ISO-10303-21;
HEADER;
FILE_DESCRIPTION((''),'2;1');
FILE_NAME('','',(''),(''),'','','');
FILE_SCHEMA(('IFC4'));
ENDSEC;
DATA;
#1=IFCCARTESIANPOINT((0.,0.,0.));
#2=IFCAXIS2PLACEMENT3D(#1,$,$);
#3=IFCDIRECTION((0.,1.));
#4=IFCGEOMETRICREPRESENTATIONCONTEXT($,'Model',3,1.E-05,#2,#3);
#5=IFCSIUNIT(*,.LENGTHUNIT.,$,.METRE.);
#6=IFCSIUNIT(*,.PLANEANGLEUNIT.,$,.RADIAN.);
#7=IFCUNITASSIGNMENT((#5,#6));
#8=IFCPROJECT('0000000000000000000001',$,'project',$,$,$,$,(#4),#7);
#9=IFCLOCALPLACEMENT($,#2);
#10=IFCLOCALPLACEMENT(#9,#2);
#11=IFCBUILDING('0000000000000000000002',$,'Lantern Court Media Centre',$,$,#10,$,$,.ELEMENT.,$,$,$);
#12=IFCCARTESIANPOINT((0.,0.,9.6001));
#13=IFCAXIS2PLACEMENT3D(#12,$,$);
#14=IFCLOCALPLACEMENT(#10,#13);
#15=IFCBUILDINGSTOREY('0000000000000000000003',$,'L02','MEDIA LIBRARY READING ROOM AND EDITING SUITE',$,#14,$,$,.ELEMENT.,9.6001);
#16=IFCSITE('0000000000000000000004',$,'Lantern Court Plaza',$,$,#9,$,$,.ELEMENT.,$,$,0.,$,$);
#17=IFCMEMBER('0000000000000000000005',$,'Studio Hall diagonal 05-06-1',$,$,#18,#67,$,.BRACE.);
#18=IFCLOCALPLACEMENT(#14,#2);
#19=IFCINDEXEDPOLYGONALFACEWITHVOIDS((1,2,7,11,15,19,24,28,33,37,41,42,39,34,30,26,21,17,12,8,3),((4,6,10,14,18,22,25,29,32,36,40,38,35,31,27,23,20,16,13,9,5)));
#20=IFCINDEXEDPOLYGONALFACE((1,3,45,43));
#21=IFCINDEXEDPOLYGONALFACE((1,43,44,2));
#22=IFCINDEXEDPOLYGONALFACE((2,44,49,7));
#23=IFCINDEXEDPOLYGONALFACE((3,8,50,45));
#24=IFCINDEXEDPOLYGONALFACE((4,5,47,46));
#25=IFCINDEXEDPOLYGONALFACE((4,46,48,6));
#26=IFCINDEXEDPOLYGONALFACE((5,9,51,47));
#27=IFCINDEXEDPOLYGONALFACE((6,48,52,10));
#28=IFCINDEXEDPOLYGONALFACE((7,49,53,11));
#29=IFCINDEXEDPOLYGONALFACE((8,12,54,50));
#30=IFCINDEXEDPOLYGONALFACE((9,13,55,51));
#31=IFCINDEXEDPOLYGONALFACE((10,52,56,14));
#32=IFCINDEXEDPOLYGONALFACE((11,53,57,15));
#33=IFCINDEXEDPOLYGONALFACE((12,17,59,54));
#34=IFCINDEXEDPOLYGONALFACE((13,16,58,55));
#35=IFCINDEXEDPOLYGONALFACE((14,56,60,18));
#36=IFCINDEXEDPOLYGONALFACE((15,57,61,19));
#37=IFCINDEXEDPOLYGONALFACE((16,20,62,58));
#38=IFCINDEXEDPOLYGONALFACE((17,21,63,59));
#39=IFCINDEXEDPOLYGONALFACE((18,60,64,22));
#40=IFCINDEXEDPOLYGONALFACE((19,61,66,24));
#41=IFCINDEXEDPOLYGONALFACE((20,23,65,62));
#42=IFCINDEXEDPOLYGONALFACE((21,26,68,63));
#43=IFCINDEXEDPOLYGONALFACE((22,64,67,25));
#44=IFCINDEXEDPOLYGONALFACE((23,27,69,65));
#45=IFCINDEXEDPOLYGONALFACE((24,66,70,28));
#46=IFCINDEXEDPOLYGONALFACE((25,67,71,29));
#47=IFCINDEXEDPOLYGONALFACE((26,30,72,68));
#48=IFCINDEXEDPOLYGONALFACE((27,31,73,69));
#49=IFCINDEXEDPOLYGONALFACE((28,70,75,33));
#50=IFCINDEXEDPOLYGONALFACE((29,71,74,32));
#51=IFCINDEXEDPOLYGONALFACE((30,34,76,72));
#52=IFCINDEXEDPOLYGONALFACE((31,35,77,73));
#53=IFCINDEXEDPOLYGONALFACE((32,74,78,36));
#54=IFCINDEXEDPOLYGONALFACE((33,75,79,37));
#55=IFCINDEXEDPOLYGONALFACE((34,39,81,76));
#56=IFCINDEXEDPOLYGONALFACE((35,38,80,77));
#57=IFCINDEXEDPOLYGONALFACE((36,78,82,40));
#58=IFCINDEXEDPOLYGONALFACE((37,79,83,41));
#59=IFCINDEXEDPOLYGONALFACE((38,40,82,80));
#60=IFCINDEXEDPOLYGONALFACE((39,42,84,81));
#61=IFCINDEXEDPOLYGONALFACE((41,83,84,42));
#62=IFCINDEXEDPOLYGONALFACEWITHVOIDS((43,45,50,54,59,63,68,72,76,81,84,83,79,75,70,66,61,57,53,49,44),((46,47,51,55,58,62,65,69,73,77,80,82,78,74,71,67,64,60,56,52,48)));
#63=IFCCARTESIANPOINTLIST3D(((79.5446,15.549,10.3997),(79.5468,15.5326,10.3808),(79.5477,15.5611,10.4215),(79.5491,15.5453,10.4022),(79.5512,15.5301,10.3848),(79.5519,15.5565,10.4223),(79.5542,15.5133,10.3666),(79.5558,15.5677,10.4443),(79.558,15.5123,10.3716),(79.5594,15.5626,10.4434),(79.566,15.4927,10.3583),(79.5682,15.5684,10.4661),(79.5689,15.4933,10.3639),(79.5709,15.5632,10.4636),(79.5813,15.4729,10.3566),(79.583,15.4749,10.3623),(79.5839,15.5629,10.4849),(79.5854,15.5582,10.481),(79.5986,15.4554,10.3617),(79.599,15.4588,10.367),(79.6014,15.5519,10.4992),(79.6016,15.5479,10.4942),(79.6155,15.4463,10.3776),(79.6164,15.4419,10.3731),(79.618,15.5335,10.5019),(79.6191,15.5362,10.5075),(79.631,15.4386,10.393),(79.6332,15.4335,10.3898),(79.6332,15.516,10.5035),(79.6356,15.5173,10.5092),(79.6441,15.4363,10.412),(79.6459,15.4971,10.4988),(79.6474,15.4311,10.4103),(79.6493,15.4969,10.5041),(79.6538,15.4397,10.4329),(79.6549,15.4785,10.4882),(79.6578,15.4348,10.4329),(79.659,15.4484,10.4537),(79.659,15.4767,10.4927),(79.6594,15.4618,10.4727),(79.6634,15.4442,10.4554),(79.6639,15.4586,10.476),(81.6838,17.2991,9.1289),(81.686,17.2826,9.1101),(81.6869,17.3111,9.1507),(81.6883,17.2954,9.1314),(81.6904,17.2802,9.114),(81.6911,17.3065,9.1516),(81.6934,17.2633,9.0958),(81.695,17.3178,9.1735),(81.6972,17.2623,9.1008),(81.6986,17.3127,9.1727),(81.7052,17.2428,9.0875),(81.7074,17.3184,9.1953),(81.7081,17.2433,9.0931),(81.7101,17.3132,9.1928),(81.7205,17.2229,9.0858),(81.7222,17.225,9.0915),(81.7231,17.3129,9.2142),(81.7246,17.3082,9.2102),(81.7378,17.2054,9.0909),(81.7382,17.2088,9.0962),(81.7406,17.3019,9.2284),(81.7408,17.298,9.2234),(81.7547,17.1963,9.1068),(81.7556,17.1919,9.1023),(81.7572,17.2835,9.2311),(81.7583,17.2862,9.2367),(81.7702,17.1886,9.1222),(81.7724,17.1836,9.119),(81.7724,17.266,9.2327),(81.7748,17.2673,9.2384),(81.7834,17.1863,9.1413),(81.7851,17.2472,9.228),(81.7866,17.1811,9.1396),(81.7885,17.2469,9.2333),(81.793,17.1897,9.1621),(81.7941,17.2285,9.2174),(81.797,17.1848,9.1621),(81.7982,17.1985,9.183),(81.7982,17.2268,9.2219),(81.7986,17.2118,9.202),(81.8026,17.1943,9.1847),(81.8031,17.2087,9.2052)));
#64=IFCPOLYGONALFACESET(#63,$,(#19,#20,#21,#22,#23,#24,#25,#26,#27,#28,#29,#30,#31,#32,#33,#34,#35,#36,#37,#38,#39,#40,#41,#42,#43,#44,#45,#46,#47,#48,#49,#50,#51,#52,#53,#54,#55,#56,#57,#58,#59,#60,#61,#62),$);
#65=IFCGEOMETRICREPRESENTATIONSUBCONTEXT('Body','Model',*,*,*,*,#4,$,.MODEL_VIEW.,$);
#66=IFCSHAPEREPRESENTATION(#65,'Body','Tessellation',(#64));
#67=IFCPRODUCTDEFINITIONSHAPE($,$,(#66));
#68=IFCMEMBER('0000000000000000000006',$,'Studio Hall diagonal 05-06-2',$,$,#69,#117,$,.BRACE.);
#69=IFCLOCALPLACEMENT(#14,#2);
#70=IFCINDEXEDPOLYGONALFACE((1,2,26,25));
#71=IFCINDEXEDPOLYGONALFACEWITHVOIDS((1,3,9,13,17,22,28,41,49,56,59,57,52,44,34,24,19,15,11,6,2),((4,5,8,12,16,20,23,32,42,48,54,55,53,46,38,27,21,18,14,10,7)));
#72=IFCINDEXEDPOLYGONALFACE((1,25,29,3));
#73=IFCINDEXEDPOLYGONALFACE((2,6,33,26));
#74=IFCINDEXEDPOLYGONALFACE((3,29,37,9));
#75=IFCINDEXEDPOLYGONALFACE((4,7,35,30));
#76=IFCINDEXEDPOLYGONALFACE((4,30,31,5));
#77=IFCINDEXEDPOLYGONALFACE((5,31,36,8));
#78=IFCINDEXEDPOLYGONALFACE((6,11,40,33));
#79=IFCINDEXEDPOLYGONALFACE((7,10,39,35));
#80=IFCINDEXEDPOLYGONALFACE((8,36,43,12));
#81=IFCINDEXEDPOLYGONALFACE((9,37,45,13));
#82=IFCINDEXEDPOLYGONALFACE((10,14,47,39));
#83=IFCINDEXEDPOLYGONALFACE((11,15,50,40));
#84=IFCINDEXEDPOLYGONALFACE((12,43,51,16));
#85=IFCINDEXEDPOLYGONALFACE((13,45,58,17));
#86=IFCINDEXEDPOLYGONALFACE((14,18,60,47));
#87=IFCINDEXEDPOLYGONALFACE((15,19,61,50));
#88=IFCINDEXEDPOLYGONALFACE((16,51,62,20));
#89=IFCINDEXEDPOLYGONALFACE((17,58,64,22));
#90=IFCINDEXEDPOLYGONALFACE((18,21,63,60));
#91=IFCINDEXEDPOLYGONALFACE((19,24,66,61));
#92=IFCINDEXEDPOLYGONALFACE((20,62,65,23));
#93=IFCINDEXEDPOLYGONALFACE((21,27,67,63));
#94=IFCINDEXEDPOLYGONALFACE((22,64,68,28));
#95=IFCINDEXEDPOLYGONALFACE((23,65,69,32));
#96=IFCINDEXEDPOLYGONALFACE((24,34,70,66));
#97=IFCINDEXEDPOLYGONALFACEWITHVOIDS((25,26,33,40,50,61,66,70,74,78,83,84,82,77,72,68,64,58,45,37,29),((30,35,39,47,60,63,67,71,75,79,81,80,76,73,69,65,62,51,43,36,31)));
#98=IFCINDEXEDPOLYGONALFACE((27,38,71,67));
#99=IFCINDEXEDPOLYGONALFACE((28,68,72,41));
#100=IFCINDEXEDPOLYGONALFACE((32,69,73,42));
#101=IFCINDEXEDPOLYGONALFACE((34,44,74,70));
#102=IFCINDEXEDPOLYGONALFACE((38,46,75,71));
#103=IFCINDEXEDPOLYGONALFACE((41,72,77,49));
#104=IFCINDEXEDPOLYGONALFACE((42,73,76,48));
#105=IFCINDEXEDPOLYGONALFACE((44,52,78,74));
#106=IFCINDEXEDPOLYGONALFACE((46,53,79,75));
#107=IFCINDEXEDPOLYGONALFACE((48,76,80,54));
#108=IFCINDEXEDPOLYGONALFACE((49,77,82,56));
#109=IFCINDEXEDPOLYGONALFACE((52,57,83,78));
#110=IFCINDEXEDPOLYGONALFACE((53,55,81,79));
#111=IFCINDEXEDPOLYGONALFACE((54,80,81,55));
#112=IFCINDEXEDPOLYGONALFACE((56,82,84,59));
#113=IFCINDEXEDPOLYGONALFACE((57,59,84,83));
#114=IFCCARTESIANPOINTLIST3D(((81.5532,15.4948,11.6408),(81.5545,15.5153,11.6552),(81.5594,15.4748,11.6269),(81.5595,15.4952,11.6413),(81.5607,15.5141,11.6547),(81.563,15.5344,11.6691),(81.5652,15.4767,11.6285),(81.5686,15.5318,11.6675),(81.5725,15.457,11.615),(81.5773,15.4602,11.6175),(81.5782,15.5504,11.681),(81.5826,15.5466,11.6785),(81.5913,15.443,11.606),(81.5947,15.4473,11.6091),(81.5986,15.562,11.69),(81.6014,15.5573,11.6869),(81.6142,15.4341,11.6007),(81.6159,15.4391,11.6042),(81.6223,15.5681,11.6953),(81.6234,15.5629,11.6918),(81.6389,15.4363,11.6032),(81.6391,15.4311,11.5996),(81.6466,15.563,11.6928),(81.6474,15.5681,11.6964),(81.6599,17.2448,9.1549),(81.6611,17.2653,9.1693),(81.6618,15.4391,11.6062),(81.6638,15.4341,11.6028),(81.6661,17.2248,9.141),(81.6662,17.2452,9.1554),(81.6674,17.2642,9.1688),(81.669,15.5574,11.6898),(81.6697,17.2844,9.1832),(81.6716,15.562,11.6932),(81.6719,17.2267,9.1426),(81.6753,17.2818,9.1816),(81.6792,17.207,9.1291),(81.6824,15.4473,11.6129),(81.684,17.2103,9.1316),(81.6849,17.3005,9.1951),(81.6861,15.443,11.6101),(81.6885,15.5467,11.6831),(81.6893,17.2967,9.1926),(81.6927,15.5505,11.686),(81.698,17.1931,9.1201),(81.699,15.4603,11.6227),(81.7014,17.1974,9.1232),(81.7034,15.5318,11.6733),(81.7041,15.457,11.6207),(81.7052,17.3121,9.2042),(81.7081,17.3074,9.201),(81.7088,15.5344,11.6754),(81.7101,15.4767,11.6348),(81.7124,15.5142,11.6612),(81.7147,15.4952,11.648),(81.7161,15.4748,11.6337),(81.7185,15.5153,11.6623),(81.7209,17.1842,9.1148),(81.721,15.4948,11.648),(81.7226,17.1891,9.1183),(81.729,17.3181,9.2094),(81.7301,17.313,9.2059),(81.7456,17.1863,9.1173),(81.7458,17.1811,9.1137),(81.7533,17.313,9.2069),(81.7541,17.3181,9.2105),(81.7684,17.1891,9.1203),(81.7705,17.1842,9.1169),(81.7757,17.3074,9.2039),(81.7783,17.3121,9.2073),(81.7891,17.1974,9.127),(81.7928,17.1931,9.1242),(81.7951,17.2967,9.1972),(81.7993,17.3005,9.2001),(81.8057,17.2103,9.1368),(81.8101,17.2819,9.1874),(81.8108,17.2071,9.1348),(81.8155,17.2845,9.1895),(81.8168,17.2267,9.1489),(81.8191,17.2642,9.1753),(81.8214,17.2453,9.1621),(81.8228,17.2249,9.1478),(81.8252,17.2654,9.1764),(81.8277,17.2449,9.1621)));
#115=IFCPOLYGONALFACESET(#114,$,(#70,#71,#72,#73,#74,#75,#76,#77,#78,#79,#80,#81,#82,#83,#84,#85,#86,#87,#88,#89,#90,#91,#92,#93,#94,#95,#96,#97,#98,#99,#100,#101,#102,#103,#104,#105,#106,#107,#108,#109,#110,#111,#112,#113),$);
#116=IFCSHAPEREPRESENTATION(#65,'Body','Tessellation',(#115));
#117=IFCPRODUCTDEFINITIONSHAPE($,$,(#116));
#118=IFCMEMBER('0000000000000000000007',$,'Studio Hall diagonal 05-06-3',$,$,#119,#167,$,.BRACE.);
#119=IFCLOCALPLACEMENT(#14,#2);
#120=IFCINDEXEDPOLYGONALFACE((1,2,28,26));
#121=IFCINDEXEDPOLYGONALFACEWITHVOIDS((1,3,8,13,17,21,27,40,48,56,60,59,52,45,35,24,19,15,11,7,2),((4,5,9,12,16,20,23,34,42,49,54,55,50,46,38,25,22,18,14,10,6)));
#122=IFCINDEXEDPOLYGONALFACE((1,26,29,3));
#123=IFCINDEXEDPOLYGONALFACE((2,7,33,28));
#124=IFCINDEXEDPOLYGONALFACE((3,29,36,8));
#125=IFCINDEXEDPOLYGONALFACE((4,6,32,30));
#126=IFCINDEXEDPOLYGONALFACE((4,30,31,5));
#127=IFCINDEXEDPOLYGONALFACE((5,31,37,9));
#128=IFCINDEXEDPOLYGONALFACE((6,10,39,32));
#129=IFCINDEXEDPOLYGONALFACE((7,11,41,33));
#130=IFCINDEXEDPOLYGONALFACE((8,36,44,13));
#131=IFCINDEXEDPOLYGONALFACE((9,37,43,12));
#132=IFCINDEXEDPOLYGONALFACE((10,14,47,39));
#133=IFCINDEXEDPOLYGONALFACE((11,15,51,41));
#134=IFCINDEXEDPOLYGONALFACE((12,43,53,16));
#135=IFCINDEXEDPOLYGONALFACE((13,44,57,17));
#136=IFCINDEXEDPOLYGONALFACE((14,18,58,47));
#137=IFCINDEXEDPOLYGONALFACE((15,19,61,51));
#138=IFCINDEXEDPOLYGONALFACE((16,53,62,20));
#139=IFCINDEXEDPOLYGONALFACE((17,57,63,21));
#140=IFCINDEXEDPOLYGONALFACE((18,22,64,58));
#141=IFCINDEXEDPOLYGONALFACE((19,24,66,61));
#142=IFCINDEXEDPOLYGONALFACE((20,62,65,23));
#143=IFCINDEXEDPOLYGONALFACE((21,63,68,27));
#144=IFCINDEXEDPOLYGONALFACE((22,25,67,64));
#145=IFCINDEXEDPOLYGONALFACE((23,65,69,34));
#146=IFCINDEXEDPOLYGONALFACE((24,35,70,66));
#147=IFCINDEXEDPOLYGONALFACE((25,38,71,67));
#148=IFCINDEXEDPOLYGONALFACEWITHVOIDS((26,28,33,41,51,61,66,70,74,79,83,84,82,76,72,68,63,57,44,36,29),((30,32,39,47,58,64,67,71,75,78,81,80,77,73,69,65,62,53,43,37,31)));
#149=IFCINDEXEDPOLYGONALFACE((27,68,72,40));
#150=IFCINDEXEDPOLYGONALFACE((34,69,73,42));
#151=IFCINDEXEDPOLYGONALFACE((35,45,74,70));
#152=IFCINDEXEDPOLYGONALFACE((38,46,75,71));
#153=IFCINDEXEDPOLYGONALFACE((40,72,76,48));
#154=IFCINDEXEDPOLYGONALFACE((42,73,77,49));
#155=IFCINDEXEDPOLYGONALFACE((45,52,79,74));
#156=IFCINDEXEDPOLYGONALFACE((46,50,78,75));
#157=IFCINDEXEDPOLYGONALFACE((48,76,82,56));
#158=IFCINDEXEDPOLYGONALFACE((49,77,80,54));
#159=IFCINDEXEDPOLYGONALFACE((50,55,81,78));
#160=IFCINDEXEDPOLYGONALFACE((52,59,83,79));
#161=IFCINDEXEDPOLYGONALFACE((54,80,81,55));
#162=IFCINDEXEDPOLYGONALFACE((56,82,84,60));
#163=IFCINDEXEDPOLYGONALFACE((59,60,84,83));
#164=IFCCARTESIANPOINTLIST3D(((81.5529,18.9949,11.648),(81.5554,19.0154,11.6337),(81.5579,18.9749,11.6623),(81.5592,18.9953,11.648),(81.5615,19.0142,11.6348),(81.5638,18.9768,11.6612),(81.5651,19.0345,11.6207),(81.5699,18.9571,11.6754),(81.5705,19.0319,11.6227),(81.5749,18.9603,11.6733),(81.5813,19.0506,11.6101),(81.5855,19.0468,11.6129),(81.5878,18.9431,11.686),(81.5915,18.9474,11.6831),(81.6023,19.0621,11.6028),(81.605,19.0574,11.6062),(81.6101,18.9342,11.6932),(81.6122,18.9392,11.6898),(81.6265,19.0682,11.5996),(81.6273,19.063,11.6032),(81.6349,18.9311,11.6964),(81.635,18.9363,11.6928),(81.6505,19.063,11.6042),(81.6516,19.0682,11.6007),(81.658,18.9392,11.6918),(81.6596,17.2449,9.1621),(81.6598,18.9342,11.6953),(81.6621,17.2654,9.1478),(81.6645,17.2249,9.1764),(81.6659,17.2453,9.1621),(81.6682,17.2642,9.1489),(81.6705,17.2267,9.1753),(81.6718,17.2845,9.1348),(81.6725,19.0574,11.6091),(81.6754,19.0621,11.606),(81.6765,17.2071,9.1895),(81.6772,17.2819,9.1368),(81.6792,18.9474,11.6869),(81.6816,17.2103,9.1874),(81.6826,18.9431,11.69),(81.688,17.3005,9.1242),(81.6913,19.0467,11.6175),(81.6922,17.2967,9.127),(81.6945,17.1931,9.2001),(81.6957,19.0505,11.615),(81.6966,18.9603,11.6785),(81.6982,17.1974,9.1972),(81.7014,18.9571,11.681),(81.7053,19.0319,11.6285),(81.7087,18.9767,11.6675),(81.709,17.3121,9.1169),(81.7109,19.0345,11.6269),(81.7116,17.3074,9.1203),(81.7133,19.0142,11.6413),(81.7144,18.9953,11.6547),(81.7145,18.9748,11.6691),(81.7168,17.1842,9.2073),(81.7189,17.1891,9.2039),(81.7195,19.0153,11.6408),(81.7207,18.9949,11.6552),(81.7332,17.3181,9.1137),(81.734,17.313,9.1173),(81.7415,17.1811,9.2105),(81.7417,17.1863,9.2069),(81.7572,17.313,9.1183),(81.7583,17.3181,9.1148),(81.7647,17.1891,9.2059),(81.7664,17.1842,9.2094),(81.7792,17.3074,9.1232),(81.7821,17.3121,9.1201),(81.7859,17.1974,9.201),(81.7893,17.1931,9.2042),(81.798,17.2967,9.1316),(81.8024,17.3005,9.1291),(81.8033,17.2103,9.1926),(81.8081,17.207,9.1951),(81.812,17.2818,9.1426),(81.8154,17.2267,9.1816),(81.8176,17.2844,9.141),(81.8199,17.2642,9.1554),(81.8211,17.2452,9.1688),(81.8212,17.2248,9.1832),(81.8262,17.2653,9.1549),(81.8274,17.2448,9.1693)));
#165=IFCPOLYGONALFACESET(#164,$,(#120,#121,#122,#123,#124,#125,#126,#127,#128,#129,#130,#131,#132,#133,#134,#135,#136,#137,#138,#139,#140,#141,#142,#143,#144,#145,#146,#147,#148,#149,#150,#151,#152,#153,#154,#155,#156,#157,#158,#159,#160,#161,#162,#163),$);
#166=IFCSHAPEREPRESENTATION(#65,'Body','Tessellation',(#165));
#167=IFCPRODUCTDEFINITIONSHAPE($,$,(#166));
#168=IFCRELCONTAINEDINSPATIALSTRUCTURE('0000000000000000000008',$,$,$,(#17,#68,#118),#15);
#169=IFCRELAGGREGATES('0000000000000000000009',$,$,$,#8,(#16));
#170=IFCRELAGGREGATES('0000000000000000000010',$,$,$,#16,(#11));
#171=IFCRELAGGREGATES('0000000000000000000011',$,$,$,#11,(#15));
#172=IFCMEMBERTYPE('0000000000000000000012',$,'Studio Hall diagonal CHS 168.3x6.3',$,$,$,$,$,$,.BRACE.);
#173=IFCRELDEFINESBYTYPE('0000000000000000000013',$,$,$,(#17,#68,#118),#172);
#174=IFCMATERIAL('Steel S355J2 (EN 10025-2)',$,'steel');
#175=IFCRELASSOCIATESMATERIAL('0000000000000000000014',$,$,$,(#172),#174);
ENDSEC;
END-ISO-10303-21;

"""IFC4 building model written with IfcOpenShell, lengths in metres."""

from ifc_helpers import new_model, si_unit, direction, frame, origin, origin_2d, place, context, subcontext, project, spatial, hollow_circle, extrude, material, material_profile, profile_set, type_object, element, save


model = new_model("IFC4")

# Units and contexts
model_context = context("Model", 3, precision=1e-05, world=origin(), true_north=direction((0.0, 1.0)))
body_context = subcontext(model_context, "Body", "Model", "MODEL_VIEW")
ifc_project = project(units=[si_unit("LENGTHUNIT", "METRE"), si_unit("PLANEANGLEUNIT", "RADIAN")], contexts=[model_context])

# Site, building, storey
site_placement = place(None, origin())
site = spatial("IfcSite", under=ifc_project, at=site_placement, Name="Lantern Court Plaza", CompositionType="ELEMENT", RefElevation=0.0)
building_placement = place(site_placement, origin())
building = spatial("IfcBuilding", under=site, at=building_placement, Name="Lantern Court Media Centre", CompositionType="ELEMENT")
storey_placement = place(building_placement, frame((0.0, 0.0, 9.6001)))
storey = spatial("IfcBuildingStorey", under=building, at=storey_placement, Name="L02", Description="MEDIA LIBRARY READING ROOM AND EDITING SUITE", CompositionType="ELEMENT", Elevation=9.6001)

# Members
ifc_material = material(Name="Steel S355J2 (EN 10025-2)", Category="steel")
ifc_material_profile_1 = material_profile(ifc_material, hollow_circle(Radius=0.0842, WallThickness=0.0063, at=origin_2d()), Name="Studio Hall diagonal CHS 168.3x6.3")
ifc_profile_set_1 = profile_set([ifc_material_profile_1], Name="Steel S355J2 (EN 10025-2)")
member_type_1 = type_object("IfcMemberType", Name="Studio Hall diagonal CHS 168.3x6.3", PredefinedType="BRACE", material=ifc_profile_set_1)
for number, where, z_axis, x_axis, name in (
    (1, (81.7437, 17.25, 9.1621), (-0.703225, -0.575293, 0.417746), (0.63319, -0.773997, 0.0), "Studio Hall diagonal 05-06-1"),
    (2, (81.7437, 17.25, 9.1621), (-0.035073, -0.575294, 0.817194), (0.998147, -0.060852, 0.0), "Studio Hall diagonal 05-06-2"),
    (3, (81.7437, 17.25, 9.1621), (-0.035073, 0.575294, 0.817194), (-0.998147, -0.060852, 0.0), "Studio Hall diagonal 05-06-3"),
):
    element("IfcMember", number, at=place(storey_placement, frame(where, z_axis=z_axis, x_axis=x_axis)), inside=storey, type_object=member_type_1, Name=name, PredefinedType="BRACE", context=body_context, shape_type="SweptSolid", body=[
        extrude(hollow_circle(Radius=0.0842, WallThickness=0.0063, at=origin_2d()), origin(), (0.0, 0.0, 1.0), 3.042),
    ])

save(model, "model.ifc")
